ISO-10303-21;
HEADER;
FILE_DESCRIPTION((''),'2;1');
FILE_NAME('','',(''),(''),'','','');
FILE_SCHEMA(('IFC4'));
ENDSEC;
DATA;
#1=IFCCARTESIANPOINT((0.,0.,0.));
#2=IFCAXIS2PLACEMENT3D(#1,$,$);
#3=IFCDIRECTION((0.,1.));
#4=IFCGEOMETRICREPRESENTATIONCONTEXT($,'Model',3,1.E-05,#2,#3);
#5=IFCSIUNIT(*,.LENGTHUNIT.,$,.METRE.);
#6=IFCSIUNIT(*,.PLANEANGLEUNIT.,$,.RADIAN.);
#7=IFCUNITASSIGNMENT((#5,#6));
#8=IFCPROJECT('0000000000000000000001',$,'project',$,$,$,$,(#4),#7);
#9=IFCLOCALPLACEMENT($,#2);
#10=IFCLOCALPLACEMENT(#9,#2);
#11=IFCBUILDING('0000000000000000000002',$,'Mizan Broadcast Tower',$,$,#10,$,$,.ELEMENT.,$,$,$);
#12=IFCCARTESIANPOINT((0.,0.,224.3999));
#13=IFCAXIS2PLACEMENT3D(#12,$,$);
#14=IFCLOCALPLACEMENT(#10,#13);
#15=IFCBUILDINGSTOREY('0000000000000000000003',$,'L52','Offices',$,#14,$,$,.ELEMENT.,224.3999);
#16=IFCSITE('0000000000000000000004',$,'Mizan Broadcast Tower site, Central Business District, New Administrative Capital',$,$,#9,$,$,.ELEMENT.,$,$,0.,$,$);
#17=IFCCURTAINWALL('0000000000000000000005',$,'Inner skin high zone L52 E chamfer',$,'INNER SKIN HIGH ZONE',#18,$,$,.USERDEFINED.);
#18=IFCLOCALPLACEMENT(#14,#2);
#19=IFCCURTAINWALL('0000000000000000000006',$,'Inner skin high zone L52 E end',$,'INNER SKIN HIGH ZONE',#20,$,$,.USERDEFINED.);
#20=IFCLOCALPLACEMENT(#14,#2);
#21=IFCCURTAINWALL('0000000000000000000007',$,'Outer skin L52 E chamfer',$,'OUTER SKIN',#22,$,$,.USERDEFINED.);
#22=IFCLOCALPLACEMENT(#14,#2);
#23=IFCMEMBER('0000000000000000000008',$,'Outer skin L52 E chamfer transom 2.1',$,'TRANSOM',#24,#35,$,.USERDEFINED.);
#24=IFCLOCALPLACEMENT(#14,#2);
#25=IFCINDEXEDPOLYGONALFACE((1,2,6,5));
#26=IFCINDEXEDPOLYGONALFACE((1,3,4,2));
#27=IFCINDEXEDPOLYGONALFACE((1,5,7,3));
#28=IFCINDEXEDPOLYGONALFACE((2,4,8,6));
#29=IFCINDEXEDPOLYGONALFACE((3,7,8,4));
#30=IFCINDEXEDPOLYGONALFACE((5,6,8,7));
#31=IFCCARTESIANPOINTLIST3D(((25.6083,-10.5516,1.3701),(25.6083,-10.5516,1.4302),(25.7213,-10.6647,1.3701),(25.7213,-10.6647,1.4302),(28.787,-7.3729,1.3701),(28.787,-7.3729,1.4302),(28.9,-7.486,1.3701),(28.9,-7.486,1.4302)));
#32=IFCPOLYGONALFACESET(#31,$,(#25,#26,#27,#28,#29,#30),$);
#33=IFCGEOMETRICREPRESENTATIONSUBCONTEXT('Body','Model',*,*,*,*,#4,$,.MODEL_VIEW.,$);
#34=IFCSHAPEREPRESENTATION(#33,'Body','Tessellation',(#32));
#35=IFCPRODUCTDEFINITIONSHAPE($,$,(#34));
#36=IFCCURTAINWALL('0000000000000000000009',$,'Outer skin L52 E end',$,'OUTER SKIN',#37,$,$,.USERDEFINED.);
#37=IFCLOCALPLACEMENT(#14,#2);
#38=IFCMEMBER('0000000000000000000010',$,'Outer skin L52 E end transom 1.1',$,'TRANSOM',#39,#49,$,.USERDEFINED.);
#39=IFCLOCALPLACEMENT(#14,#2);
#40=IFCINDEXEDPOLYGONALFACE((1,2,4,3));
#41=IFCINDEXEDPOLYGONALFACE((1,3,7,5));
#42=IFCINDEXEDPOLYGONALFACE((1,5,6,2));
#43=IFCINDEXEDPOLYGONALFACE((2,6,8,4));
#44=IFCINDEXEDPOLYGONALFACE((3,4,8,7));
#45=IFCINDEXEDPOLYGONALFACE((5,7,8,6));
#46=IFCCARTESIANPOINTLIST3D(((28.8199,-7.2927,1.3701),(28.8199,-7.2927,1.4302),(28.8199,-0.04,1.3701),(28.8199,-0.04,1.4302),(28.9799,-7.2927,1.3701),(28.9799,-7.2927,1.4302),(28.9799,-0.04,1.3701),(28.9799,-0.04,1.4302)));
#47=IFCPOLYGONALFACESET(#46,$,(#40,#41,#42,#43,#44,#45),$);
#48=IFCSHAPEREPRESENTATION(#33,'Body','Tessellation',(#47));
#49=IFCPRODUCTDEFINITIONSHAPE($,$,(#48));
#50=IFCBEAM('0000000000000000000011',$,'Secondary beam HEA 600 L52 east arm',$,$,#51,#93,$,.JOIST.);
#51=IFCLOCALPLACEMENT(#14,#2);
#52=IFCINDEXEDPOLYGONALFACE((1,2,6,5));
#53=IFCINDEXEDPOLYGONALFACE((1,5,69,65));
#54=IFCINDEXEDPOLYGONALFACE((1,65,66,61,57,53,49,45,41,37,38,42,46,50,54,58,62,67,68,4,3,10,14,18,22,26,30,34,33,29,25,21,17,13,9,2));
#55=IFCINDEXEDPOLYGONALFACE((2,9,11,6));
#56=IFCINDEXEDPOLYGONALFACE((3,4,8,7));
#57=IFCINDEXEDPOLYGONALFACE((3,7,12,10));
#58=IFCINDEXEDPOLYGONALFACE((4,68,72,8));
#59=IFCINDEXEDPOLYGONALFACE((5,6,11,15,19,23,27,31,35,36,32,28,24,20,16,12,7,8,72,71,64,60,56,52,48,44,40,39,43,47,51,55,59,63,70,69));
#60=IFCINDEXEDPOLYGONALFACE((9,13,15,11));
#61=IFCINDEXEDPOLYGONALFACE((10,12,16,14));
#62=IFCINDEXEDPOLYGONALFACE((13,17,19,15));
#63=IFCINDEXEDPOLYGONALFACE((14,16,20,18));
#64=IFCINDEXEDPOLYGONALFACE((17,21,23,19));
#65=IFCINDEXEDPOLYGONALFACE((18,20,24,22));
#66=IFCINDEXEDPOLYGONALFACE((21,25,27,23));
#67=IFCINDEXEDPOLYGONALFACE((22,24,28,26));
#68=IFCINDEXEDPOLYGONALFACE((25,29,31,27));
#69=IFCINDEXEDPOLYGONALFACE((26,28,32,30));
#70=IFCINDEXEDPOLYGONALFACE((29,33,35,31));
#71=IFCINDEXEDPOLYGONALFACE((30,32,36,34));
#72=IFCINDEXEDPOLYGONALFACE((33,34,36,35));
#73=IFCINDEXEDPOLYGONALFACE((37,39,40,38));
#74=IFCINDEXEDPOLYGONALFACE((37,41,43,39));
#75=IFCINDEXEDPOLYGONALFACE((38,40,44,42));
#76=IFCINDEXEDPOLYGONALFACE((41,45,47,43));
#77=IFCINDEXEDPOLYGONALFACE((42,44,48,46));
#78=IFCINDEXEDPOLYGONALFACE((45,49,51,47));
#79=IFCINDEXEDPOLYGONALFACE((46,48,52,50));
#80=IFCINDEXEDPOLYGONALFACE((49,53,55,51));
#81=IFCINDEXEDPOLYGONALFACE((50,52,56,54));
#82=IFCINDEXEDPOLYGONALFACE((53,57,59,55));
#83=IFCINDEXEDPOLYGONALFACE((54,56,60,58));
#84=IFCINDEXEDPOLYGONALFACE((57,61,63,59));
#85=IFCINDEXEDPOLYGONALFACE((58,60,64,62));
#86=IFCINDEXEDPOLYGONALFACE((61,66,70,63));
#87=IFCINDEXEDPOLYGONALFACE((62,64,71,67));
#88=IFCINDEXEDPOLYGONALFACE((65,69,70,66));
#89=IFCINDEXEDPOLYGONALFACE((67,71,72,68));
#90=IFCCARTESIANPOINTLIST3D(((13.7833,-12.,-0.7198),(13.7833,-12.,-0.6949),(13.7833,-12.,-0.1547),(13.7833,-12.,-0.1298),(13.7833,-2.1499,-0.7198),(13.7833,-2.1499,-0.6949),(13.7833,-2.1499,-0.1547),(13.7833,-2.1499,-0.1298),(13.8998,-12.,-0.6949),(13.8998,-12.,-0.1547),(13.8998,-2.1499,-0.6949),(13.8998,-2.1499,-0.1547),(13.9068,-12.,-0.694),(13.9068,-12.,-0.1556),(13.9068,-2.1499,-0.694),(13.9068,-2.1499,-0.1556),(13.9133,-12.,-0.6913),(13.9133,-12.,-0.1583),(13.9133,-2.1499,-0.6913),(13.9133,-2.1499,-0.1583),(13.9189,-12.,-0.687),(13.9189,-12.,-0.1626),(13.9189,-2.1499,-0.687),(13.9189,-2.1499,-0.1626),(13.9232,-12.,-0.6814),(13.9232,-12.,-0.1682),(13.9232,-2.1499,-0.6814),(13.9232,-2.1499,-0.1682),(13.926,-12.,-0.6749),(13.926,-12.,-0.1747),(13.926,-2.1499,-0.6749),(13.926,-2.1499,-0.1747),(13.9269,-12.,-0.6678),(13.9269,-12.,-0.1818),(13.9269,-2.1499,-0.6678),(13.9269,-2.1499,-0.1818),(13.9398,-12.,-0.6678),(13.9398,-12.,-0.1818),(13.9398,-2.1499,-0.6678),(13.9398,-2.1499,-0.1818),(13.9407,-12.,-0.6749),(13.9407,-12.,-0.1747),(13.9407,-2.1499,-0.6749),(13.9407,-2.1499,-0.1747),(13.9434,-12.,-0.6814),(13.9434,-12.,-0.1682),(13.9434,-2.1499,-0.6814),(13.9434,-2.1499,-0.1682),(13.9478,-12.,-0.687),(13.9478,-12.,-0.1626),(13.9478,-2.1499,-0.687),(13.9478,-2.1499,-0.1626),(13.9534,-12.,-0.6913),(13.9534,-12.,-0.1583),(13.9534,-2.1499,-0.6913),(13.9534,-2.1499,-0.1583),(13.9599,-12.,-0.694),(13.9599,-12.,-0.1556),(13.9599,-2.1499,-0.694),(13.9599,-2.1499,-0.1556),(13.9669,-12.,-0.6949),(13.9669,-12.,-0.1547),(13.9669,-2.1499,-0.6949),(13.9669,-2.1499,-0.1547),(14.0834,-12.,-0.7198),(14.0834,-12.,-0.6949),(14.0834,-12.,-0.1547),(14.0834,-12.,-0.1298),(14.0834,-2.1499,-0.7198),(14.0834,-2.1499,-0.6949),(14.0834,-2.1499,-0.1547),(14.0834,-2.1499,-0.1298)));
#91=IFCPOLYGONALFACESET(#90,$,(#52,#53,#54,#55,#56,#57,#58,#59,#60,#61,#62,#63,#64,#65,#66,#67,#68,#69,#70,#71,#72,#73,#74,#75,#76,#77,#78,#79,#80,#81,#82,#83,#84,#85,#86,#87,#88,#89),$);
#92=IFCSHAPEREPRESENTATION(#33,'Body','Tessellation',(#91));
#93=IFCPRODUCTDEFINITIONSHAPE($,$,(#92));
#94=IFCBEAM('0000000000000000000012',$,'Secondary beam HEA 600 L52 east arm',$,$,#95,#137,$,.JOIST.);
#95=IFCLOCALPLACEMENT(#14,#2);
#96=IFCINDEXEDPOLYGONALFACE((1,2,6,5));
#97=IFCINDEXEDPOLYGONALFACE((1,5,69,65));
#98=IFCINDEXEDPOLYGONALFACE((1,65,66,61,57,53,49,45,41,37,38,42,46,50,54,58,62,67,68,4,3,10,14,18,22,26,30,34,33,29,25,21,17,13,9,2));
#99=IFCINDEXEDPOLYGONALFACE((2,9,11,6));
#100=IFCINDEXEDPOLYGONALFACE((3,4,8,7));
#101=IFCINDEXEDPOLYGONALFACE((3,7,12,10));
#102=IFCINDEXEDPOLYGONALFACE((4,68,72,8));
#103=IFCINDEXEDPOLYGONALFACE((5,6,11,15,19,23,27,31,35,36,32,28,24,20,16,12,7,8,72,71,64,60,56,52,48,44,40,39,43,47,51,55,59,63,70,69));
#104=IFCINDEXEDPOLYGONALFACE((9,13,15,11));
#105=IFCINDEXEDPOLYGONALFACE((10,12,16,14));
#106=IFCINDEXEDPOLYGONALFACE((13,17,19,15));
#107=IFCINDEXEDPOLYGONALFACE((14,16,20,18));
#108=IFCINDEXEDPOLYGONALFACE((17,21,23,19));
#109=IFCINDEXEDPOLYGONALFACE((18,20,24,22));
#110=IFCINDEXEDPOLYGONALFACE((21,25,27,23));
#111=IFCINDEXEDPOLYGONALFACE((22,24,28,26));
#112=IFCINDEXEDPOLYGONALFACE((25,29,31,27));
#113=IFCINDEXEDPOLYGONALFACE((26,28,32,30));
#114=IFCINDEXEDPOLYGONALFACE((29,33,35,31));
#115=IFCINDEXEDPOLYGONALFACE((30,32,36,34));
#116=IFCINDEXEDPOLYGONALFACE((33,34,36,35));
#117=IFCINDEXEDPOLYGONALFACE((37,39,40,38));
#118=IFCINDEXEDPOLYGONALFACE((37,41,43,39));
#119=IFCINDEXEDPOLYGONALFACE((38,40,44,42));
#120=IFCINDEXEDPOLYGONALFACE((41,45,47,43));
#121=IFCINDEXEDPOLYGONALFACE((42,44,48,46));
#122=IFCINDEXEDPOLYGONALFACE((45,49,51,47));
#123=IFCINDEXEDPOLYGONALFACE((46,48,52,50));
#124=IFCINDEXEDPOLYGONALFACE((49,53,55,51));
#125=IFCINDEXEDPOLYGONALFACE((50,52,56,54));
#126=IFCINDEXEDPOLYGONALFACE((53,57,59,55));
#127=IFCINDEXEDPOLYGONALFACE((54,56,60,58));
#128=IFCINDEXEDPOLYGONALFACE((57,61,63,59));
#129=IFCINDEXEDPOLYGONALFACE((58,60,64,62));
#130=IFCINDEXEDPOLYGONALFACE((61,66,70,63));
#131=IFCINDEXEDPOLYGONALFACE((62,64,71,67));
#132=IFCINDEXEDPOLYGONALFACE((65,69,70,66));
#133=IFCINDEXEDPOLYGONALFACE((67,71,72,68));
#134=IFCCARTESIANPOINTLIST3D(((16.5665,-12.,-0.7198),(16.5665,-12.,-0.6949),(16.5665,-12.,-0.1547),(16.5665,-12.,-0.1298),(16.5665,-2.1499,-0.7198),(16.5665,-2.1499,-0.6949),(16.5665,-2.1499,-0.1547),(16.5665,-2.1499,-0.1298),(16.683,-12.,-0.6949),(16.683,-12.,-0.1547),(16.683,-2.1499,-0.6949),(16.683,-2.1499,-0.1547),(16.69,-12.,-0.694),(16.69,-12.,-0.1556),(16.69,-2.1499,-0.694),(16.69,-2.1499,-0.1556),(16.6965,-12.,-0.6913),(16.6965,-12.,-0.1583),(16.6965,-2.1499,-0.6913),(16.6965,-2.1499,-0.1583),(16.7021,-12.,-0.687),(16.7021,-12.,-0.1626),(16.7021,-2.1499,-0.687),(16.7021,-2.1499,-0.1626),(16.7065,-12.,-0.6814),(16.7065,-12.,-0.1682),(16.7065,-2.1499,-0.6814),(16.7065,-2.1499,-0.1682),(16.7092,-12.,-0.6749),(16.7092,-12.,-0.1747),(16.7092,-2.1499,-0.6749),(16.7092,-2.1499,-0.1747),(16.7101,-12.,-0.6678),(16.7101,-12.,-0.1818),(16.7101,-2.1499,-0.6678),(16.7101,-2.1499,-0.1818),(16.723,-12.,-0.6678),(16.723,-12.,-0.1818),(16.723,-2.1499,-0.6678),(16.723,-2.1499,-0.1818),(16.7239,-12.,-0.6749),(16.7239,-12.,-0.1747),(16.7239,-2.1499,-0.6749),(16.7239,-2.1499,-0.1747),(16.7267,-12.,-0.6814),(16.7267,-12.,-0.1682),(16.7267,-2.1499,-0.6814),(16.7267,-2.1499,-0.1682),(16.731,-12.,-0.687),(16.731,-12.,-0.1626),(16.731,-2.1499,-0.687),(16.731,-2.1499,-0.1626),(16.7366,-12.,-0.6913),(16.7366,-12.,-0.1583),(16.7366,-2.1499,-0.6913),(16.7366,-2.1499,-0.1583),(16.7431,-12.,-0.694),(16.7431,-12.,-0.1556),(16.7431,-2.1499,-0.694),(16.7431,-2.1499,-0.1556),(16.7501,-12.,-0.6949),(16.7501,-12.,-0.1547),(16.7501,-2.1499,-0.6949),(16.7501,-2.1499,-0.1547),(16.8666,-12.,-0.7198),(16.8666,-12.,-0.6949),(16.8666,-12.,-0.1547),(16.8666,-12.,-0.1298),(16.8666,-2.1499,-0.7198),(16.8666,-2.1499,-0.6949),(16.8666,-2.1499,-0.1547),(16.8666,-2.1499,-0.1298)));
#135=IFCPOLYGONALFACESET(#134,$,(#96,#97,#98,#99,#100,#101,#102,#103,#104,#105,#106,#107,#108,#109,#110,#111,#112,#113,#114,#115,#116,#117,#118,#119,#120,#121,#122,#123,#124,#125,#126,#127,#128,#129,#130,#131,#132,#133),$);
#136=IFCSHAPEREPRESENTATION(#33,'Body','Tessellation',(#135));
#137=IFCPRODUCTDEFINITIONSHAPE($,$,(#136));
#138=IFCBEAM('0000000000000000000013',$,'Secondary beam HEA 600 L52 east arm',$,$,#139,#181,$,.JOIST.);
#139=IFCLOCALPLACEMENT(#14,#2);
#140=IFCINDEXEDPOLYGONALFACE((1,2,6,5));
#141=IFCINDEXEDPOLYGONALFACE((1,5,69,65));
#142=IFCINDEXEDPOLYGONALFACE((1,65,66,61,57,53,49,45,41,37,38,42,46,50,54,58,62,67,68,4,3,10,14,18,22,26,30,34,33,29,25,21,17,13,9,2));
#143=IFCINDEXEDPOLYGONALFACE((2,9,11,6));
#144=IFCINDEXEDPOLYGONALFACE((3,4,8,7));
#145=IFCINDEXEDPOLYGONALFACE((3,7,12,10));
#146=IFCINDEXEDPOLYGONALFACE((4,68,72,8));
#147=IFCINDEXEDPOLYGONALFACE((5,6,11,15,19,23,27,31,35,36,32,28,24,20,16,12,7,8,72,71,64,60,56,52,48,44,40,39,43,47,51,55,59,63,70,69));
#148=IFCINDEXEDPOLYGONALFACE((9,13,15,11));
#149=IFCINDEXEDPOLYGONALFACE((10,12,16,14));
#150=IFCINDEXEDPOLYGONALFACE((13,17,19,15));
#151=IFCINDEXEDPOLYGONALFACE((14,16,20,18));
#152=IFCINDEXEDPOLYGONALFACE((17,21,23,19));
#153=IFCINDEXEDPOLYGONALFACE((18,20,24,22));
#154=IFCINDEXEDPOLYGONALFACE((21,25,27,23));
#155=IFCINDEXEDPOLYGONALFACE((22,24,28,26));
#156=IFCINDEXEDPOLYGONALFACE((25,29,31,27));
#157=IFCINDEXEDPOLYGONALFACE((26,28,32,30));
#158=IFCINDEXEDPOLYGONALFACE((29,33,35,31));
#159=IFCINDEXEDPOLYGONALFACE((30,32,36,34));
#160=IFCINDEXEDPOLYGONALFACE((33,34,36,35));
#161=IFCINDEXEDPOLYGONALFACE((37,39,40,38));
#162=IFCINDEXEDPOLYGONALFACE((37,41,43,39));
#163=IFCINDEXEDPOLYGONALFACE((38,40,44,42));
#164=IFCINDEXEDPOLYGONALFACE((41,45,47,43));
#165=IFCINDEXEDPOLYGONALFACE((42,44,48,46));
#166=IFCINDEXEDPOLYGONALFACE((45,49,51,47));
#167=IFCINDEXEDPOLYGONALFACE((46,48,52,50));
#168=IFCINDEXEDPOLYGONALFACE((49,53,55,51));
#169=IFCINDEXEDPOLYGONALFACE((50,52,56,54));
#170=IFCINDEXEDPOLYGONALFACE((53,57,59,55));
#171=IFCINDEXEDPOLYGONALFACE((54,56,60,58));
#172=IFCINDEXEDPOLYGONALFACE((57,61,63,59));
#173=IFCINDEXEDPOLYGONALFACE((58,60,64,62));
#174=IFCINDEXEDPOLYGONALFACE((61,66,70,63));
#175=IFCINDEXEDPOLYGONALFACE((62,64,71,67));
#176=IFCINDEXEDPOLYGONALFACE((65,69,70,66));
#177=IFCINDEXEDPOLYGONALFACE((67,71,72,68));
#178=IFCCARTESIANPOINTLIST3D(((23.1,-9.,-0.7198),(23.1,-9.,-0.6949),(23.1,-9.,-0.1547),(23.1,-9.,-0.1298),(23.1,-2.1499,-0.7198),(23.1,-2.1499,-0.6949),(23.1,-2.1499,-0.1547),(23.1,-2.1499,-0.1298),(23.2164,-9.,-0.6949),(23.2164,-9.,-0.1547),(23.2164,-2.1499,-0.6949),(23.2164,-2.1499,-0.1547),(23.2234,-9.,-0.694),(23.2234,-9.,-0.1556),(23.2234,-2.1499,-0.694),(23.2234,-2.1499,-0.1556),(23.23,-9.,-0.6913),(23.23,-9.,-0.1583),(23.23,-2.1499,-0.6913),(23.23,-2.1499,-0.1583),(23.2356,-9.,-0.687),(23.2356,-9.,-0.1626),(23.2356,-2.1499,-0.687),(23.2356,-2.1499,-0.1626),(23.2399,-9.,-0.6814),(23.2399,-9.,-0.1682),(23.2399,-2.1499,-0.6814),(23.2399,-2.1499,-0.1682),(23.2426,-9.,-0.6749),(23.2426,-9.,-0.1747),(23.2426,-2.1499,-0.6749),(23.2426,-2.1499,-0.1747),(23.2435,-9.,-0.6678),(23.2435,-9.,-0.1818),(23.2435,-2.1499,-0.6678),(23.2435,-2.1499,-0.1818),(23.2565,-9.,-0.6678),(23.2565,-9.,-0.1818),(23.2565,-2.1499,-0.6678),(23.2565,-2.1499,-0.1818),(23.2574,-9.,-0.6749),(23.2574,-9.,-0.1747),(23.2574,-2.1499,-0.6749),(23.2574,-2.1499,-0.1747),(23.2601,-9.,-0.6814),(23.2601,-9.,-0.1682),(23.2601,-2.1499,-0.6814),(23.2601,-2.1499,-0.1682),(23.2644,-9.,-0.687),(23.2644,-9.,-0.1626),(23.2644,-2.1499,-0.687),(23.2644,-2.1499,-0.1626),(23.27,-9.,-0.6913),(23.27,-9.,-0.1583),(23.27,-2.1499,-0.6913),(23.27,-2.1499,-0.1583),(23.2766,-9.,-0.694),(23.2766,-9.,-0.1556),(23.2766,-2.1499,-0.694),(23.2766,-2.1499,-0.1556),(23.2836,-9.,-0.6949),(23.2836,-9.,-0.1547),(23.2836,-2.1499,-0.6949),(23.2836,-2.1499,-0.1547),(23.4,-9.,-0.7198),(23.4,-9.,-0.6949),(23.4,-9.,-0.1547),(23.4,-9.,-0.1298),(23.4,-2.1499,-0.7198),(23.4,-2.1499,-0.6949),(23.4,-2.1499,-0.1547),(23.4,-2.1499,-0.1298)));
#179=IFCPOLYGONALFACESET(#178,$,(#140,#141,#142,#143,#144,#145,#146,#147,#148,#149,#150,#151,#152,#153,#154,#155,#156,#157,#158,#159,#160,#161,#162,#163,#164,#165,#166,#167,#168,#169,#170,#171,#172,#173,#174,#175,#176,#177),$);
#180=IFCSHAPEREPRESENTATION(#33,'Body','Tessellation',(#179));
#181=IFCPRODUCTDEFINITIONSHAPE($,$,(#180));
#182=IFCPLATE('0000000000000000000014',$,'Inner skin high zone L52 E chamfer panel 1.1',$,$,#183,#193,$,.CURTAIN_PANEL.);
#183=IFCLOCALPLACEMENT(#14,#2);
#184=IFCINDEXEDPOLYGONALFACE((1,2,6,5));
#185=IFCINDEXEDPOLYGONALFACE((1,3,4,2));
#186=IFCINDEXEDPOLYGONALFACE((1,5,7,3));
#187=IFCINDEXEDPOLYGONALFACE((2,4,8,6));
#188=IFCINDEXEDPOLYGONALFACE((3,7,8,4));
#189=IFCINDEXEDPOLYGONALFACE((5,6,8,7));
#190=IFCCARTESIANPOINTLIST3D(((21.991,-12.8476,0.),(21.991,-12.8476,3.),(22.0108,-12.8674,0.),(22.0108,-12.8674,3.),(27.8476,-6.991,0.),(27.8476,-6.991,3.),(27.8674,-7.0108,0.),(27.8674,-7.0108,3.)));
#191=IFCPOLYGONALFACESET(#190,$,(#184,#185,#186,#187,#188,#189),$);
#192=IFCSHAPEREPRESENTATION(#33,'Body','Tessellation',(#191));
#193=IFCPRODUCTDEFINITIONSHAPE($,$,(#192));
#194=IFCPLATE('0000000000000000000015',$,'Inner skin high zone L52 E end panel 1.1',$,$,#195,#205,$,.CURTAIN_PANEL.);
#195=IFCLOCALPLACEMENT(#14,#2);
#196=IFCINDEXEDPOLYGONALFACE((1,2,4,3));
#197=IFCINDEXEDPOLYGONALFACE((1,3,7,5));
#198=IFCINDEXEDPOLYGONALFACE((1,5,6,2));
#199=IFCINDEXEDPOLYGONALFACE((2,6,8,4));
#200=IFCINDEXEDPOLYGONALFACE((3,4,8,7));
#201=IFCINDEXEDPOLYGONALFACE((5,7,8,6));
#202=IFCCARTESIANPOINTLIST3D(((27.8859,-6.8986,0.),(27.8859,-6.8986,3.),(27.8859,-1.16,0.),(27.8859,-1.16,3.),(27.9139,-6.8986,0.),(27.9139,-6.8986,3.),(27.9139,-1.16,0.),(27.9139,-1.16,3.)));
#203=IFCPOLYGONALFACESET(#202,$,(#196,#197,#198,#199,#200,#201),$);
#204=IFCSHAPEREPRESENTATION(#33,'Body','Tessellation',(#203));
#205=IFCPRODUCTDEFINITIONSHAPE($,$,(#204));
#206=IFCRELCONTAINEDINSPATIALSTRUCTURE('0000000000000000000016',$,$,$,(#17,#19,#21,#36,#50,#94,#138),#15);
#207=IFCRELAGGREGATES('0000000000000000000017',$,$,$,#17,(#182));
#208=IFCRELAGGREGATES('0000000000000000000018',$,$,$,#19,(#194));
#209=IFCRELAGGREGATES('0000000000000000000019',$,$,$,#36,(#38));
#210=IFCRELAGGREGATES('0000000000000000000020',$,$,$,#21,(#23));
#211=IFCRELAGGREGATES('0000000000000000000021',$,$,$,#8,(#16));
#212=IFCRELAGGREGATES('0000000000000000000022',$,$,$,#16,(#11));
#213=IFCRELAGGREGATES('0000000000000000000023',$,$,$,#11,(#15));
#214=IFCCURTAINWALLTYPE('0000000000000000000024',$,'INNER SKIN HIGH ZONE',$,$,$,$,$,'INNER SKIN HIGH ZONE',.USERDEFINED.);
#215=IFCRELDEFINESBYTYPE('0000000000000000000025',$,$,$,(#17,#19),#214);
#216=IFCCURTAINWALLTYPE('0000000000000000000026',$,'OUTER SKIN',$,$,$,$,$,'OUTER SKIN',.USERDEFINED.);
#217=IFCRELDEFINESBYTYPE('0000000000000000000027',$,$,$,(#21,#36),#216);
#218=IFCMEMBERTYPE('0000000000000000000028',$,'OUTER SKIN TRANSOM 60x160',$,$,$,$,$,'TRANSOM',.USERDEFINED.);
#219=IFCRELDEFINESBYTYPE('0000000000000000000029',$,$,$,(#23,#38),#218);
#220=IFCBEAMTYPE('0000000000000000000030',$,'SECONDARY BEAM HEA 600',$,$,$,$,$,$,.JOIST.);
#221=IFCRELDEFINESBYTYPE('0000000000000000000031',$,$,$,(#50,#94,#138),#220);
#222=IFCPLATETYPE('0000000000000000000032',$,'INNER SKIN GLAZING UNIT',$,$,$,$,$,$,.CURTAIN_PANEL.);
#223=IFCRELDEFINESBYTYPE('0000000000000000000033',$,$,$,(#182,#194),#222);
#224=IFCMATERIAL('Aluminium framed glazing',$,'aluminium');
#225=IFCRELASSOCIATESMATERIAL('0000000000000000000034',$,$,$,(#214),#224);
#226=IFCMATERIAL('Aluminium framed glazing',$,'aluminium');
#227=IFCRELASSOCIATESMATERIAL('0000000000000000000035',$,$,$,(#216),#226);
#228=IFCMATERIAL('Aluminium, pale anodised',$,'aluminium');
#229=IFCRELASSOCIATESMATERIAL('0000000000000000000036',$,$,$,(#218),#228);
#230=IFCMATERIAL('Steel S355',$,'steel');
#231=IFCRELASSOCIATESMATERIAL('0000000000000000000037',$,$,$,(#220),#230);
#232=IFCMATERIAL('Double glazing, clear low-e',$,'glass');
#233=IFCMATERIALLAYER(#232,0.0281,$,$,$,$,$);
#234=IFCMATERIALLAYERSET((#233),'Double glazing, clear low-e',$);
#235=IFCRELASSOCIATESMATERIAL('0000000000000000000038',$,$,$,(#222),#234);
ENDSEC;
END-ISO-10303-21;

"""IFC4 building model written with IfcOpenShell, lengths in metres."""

from ifc_helpers import new_model, si_unit, direction, frame, origin, origin_2d, place, context, subcontext, project, spatial, rectangle, i_section, extrude, material, layer, layer_set, material_profile, profile_set, type_object, element, aggregate, save


model = new_model("IFC4")

# Units and contexts
model_context = context("Model", 3, precision=1e-05, world=origin(), true_north=direction((0.0, 1.0)))
body_context = subcontext(model_context, "Body", "Model", "MODEL_VIEW")
ifc_project = project(units=[si_unit("LENGTHUNIT", "METRE"), si_unit("PLANEANGLEUNIT", "RADIAN")], contexts=[model_context])

# Site, building, storey
site_placement = place(None, origin())
site = spatial("IfcSite", under=ifc_project, at=site_placement, Name="Mizan Broadcast Tower site, Central Business District, New Administrative Capital", CompositionType="ELEMENT", RefElevation=0.0)
building_placement = place(site_placement, origin())
building = spatial("IfcBuilding", under=site, at=building_placement, Name="Mizan Broadcast Tower", CompositionType="ELEMENT")
storey_placement = place(building_placement, frame((0.0, 0.0, 224.3999)))
storey = spatial("IfcBuildingStorey", under=building, at=storey_placement, Name="L52", Description="Offices", CompositionType="ELEMENT", Elevation=224.3999)

# Curtain wall
ifc_material_1 = material(Name="Aluminium framed glazing", Category="aluminium")
curtain_wall_type_1 = type_object("IfcCurtainWallType", Name="INNER SKIN HIGH ZONE", ElementType="INNER SKIN HIGH ZONE", PredefinedType="USERDEFINED", material=ifc_material_1)
curtain_wall_1_placement = place(storey_placement, origin())
curtain_wall_1 = element("IfcCurtainWall", 1, at=curtain_wall_1_placement, inside=storey, type_object=curtain_wall_type_1, Name="Inner skin high zone L52 E chamfer", ObjectType="INNER SKIN HIGH ZONE", PredefinedType="USERDEFINED")

# Curtain walls, member
curtain_wall_2_placement = place(storey_placement, origin())
curtain_wall_2 = element("IfcCurtainWall", 2, at=curtain_wall_2_placement, inside=storey, type_object=curtain_wall_type_1, Name="Inner skin high zone L52 E end", ObjectType="INNER SKIN HIGH ZONE", PredefinedType="USERDEFINED")
ifc_material_2 = material(Name="Aluminium framed glazing", Category="aluminium")
curtain_wall_type_2 = type_object("IfcCurtainWallType", Name="OUTER SKIN", ElementType="OUTER SKIN", PredefinedType="USERDEFINED", material=ifc_material_2)
curtain_wall_3_placement = place(storey_placement, origin())
curtain_wall_3 = element("IfcCurtainWall", 3, at=curtain_wall_3_placement, inside=storey, type_object=curtain_wall_type_2, Name="Outer skin L52 E chamfer", ObjectType="OUTER SKIN", PredefinedType="USERDEFINED")
ifc_material_3 = material(Name="Aluminium, pale anodised", Category="aluminium")
ifc_material_profile_1 = material_profile(ifc_material_3, rectangle(XDim=0.1599, YDim=0.0601, at=origin_2d()), Name="TRANSOM 160x60")
ifc_profile_set_1 = profile_set([ifc_material_profile_1], Name="Aluminium, pale anodised")
member_type_1 = type_object("IfcMemberType", Name="OUTER SKIN TRANSOM 60x160", ElementType="TRANSOM", PredefinedType="USERDEFINED", material=ifc_profile_set_1)
member_1_placement = place(storey_placement, frame((25.6648, -10.6082, 1.4001), z_axis=(0.707107, 0.707107, 0.0), x_axis=(-0.707107, 0.707107, 0.0)))
member_1 = element("IfcMember", 4, at=member_1_placement, type_object=member_type_1, Name="Outer skin L52 E chamfer transom 2.1", ObjectType="TRANSOM", PredefinedType="USERDEFINED", context=body_context, shape_type="SweptSolid", body=[
    extrude(rectangle(XDim=0.1599, YDim=0.0601, at=origin_2d()), origin(), (0.0, 0.0, 1.0), 4.4954),
])

# Curtain wall, member
curtain_wall_4_placement = place(storey_placement, origin())
curtain_wall_4 = element("IfcCurtainWall", 5, at=curtain_wall_4_placement, inside=storey, type_object=curtain_wall_type_2, Name="Outer skin L52 E end", ObjectType="OUTER SKIN", PredefinedType="USERDEFINED")
member_2_placement = place(storey_placement, frame((28.8999, -7.2927, 1.4001), z_axis=(0.0, 1.0, 0.0), x_axis=(-1.0, 0.0, 0.0)))
member_2 = element("IfcMember", 6, at=member_2_placement, type_object=member_type_1, Name="Outer skin L52 E end transom 1.1", ObjectType="TRANSOM", PredefinedType="USERDEFINED", context=body_context, shape_type="SweptSolid", body=[
    extrude(rectangle(XDim=0.1599, YDim=0.0601, at=origin_2d()), origin(), (0.0, 0.0, 1.0), 7.2527),
])

# Beams
ifc_material_4 = material(Name="Steel S355", Category="steel")
ifc_material_profile_2 = material_profile(ifc_material_4, i_section(OverallWidth=0.3, OverallDepth=0.5901, WebThickness=0.0129, FlangeThickness=0.0249, FilletRadius=0.0271, at=origin_2d()), Name="HEA 600")
ifc_profile_set_2 = profile_set([ifc_material_profile_2], Name="Steel S355")
beam_type_1 = type_object("IfcBeamType", Name="SECONDARY BEAM HEA 600", PredefinedType="JOIST", material=ifc_profile_set_2)
for number, where, z_axis, x_axis, name in (
    (7, (13.9333, -12.0, -0.4248), (0.0, 1.0, 0.0), (-1.0, 0.0, 0.0), "Secondary beam HEA 600 L52 east arm"),
    (8, (16.7166, -12.0, -0.4248), (0.0, 1.0, 0.0), (-1.0, 0.0, 0.0), "Secondary beam HEA 600 L52 east arm"),
):
    element("IfcBeam", number, at=place(storey_placement, frame(where, z_axis=z_axis, x_axis=x_axis)), inside=storey, type_object=beam_type_1, Name=name, PredefinedType="JOIST", context=body_context, shape_type="SweptSolid", body=[
        extrude(i_section(OverallWidth=0.3, OverallDepth=0.5901, WebThickness=0.0129, FlangeThickness=0.0249, FilletRadius=0.0271, at=origin_2d()), origin(), (0.0, 0.0, 1.0), 9.8501),
    ])
beam_1_placement = place(storey_placement, frame((23.25, -9.0, -0.4248), z_axis=(0.0, 1.0, 0.0), x_axis=(-1.0, 0.0, 0.0)))
element("IfcBeam", 9, at=beam_1_placement, inside=storey, type_object=beam_type_1, Name="Secondary beam HEA 600 L52 east arm", PredefinedType="JOIST", context=body_context, shape_type="SweptSolid", body=[
    extrude(i_section(OverallWidth=0.3, OverallDepth=0.5901, WebThickness=0.0129, FlangeThickness=0.0249, FilletRadius=0.0271, at=origin_2d()), origin(), (0.0, 0.0, 1.0), 6.8501),
])

# Plates
ifc_material_5 = material(Name="Double glazing, clear low-e", Category="glass")
ifc_layer_1 = layer(ifc_material_5, 0.0281)
ifc_layer_set_1 = layer_set([ifc_layer_1], Name="Double glazing, clear low-e")
plate_type_1 = type_object("IfcPlateType", Name="INNER SKIN GLAZING UNIT", PredefinedType="CURTAIN_PANEL", material=ifc_layer_set_1)
plate_1_placement = place(storey_placement, frame((24.9292, -9.9292, 0.0), z_axis=(0.0, 0.0, 1.0), x_axis=(0.707107, 0.707107, 0.0)))
plate_1 = element("IfcPlate", 10, at=plate_1_placement, type_object=plate_type_1, Name="Inner skin high zone L52 E chamfer panel 1.1", PredefinedType="CURTAIN_PANEL", context=body_context, shape_type="SweptSolid", body=[
    extrude(rectangle(XDim=8.2825, YDim=0.0281, at=origin_2d()), origin(), (0.0, 0.0, 1.0), 3.0),
])
plate_2_placement = place(storey_placement, frame((27.8999, -4.0293, 0.0), z_axis=(0.0, 0.0, 1.0), x_axis=(0.0, 1.0, 0.0)))
plate_2 = element("IfcPlate", 11, at=plate_2_placement, type_object=plate_type_1, Name="Inner skin high zone L52 E end panel 1.1", PredefinedType="CURTAIN_PANEL", context=body_context, shape_type="SweptSolid", body=[
    extrude(rectangle(XDim=5.7385, YDim=0.0281, at=origin_2d()), origin(), (0.0, 0.0, 1.0), 3.0),
])
aggregate(curtain_wall_1, [plate_1])
aggregate(curtain_wall_2, [plate_2])
aggregate(curtain_wall_4, [member_2])
aggregate(curtain_wall_3, [member_1])

save(model, "model.ifc")
